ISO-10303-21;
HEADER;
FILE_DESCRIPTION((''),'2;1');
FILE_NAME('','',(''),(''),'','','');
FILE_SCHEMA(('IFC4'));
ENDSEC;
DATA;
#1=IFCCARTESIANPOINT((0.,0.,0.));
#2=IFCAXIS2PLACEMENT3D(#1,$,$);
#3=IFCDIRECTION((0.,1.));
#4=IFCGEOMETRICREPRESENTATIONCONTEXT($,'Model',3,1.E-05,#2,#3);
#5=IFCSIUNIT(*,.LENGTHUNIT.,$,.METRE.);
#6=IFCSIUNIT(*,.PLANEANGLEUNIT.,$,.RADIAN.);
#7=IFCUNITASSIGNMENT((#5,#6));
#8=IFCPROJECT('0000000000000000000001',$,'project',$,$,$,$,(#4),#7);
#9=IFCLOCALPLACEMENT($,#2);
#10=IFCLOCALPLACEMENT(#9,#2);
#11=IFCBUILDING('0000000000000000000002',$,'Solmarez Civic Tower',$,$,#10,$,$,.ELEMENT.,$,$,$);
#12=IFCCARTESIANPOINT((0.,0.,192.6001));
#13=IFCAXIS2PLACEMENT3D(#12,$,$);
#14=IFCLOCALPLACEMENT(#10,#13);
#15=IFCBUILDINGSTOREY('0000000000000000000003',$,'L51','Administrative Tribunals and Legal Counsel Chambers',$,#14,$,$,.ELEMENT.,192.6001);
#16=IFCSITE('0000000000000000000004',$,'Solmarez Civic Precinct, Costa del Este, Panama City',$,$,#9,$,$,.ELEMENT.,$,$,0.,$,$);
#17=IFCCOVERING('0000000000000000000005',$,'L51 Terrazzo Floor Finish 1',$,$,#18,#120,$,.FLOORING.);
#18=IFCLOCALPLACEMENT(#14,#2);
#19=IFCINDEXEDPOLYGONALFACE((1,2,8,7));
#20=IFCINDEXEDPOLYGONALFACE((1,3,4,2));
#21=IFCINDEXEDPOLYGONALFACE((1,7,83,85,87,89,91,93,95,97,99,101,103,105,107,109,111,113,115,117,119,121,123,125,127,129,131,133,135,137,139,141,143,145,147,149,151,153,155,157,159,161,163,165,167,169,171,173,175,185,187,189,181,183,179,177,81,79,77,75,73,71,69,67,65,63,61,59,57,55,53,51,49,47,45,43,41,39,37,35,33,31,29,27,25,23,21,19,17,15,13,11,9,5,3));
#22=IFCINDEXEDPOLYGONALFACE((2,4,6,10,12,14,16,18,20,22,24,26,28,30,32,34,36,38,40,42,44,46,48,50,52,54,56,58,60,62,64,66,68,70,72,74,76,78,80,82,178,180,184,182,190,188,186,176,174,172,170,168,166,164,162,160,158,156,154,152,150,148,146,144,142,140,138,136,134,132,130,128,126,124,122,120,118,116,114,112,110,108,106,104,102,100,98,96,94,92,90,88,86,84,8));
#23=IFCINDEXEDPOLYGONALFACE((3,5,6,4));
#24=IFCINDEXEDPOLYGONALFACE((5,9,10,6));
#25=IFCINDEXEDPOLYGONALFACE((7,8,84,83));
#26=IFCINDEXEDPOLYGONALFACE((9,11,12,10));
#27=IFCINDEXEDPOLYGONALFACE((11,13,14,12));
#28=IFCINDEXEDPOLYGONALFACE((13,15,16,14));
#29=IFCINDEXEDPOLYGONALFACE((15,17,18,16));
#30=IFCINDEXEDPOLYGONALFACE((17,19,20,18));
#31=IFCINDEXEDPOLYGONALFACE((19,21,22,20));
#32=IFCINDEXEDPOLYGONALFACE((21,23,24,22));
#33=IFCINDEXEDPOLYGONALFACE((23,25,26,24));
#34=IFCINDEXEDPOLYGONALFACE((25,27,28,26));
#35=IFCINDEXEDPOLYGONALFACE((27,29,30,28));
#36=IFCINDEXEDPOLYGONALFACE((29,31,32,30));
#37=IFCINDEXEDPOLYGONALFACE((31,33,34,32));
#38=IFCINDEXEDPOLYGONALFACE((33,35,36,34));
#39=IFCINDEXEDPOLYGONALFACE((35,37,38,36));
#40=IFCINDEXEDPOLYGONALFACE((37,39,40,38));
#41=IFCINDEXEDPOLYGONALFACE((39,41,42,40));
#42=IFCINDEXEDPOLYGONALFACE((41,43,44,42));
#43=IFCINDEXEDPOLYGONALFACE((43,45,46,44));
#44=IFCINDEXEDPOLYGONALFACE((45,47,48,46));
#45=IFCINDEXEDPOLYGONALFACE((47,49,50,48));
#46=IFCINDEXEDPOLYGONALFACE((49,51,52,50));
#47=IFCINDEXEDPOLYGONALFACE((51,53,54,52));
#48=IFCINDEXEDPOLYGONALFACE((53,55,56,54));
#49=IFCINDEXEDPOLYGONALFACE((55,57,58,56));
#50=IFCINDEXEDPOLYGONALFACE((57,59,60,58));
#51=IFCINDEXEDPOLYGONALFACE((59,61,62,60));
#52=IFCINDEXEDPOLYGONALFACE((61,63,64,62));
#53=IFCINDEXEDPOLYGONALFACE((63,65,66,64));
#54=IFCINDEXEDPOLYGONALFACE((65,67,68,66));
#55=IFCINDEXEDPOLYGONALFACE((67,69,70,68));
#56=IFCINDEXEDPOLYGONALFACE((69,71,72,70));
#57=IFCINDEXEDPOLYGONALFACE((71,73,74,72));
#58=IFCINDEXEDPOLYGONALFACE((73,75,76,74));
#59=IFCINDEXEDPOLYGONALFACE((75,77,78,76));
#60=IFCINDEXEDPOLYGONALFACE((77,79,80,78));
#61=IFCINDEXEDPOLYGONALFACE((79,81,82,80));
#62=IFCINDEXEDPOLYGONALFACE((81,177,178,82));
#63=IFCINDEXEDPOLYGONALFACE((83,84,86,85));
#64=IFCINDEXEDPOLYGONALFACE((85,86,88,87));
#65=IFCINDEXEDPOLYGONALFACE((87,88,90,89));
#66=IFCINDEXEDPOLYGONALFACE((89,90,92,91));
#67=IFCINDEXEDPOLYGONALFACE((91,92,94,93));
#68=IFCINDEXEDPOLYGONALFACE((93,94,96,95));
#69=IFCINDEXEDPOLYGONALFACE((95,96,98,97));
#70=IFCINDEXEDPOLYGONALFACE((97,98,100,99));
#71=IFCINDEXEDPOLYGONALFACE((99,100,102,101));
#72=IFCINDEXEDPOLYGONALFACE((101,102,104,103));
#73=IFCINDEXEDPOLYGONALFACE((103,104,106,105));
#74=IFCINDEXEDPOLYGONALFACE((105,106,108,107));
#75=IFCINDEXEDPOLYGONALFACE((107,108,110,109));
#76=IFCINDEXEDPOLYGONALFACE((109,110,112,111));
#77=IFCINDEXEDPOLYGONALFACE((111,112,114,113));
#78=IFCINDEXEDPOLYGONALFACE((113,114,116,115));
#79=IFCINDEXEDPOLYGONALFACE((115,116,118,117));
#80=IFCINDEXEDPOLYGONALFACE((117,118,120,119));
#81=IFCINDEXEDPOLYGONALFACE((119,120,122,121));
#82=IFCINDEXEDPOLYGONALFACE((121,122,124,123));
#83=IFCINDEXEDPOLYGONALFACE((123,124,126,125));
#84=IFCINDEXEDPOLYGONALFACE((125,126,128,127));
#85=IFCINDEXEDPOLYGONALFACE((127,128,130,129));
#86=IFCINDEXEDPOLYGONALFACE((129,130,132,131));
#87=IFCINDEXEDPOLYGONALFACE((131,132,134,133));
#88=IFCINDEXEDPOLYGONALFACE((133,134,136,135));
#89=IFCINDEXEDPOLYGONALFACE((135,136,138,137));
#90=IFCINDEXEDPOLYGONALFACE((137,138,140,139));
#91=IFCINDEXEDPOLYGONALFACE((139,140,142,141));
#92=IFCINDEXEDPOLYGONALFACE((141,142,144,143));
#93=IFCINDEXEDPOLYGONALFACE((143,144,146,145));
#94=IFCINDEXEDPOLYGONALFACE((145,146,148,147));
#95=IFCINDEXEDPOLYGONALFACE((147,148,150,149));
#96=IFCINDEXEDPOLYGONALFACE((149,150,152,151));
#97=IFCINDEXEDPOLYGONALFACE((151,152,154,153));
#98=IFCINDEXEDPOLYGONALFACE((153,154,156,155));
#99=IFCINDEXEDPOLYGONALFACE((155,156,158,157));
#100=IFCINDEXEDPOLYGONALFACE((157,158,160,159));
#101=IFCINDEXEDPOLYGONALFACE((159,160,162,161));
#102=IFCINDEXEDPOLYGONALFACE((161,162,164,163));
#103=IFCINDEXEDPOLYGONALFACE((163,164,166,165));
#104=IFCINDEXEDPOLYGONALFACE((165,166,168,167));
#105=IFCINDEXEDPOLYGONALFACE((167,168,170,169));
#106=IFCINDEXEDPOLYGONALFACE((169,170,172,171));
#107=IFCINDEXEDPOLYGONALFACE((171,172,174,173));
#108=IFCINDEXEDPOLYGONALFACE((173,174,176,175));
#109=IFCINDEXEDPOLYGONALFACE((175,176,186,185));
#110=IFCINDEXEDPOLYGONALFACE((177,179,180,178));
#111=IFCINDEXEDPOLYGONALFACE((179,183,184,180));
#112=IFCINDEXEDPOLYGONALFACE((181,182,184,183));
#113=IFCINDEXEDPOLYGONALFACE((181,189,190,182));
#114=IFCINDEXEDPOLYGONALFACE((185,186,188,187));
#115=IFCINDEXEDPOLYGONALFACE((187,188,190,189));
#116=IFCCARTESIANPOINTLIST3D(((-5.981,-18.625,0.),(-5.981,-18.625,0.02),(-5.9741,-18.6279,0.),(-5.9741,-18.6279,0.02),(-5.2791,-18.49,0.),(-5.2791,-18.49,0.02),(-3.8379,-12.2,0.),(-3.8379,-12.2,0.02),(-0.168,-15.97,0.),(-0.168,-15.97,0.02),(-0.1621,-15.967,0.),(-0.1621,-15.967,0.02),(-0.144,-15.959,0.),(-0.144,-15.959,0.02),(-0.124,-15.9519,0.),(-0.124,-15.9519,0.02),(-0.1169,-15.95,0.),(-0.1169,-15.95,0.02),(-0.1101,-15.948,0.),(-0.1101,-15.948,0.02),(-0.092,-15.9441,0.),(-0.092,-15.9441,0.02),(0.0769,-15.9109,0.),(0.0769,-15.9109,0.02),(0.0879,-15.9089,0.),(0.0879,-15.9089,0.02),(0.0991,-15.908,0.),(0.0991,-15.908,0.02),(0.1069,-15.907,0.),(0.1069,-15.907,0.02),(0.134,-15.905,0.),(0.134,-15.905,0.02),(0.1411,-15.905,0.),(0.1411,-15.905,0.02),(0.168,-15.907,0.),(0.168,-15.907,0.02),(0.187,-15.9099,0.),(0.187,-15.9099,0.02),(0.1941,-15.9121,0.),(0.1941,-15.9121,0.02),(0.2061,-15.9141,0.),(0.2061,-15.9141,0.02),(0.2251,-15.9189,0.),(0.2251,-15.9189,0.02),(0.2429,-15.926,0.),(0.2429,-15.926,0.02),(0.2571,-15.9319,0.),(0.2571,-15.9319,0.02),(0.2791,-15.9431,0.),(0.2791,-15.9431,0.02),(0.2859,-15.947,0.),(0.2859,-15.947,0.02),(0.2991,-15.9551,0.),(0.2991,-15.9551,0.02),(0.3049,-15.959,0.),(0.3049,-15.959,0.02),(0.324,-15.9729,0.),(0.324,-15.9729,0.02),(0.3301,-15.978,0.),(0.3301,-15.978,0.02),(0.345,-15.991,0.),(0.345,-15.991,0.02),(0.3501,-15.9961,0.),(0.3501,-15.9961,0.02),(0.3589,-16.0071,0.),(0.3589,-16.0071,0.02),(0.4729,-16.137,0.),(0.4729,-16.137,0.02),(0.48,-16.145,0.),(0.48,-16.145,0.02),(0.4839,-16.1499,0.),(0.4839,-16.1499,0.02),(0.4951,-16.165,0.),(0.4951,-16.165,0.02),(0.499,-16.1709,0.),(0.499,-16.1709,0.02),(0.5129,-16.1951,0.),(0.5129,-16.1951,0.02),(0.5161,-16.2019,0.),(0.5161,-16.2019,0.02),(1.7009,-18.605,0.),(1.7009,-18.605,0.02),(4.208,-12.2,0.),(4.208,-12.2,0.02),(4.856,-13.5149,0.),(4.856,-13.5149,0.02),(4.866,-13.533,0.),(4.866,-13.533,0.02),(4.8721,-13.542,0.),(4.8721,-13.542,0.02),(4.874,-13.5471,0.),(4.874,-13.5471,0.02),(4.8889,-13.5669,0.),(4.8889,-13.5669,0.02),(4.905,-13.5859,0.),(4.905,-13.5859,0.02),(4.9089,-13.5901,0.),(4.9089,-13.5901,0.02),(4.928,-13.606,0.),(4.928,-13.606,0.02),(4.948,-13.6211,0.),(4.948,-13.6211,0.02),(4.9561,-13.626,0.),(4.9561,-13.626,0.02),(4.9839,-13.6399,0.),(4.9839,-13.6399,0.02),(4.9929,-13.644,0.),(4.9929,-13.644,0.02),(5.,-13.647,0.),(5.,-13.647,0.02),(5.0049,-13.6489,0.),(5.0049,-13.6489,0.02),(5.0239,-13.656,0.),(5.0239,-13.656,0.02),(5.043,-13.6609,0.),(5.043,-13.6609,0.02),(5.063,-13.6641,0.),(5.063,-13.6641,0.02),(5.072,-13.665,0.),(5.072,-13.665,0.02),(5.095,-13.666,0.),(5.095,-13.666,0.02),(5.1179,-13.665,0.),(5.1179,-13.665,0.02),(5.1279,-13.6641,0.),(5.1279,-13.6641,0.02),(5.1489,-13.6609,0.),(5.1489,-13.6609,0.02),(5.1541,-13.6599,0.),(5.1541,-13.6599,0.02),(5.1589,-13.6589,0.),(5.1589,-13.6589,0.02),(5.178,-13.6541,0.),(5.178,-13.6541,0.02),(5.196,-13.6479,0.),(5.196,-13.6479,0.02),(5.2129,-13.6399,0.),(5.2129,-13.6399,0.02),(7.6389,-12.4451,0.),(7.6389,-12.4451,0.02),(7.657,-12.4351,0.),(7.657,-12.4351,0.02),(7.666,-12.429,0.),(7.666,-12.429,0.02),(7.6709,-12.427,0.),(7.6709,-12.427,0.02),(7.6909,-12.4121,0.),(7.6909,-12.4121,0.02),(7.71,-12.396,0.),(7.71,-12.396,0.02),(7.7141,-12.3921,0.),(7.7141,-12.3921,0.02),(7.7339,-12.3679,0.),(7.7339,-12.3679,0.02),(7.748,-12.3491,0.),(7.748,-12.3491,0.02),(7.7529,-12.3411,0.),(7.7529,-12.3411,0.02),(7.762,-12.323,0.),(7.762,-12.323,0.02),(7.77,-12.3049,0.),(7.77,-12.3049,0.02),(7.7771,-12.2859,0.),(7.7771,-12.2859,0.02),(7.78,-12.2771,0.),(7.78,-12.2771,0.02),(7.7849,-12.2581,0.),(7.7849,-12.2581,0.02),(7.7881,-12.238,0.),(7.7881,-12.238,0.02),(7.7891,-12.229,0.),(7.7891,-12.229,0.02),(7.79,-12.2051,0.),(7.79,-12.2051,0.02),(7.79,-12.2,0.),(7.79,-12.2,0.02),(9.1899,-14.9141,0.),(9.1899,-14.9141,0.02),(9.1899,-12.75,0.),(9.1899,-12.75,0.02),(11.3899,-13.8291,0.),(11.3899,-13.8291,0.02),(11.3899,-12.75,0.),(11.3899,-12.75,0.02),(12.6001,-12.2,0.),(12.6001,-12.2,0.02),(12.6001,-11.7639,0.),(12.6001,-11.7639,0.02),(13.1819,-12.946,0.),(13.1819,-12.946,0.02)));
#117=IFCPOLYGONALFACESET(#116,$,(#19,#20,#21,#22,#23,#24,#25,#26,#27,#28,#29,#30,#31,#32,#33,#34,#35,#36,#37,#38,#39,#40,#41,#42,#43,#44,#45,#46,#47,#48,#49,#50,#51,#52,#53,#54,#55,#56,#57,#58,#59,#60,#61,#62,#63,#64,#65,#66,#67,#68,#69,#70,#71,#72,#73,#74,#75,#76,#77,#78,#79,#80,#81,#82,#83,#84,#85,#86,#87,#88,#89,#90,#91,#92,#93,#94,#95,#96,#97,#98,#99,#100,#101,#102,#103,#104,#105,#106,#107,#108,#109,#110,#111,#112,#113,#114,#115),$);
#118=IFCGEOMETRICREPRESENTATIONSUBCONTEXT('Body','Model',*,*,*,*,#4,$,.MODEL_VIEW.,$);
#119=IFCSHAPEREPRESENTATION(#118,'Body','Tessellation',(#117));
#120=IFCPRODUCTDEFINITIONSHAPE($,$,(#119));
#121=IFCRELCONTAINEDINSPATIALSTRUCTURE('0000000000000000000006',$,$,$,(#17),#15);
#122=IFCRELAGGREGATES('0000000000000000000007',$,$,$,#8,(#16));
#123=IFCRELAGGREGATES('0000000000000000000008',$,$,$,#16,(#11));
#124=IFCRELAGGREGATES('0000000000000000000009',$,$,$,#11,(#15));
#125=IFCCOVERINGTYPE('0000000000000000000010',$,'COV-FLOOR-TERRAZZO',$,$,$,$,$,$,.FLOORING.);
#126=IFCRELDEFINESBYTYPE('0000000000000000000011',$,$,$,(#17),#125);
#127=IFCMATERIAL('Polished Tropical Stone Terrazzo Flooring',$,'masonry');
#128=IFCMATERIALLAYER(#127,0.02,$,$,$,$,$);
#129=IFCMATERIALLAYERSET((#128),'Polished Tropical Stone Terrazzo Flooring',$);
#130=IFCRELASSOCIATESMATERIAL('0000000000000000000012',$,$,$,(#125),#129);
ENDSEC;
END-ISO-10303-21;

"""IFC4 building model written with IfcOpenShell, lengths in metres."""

from ifc_helpers import new_model, si_unit, direction, frame, origin, place, context, subcontext, project, spatial, polyline, outline, extrude, material, layer, layer_set, type_object, element, save


model = new_model("IFC4")

# Units and contexts
model_context = context("Model", 3, precision=1e-05, world=origin(), true_north=direction((0.0, 1.0)))
body_context = subcontext(model_context, "Body", "Model", "MODEL_VIEW")
ifc_project = project(units=[si_unit("LENGTHUNIT", "METRE"), si_unit("PLANEANGLEUNIT", "RADIAN")], contexts=[model_context])

# Site, building, storey
site_placement = place(None, origin())
site = spatial("IfcSite", under=ifc_project, at=site_placement, Name="Solmarez Civic Precinct, Costa del Este, Panama City", CompositionType="ELEMENT", RefElevation=0.0)
building_placement = place(site_placement, origin())
building = spatial("IfcBuilding", under=site, at=building_placement, Name="Solmarez Civic Tower", CompositionType="ELEMENT")
storey_placement = place(building_placement, frame((0.0, 0.0, 192.6001)))
storey = spatial("IfcBuildingStorey", under=building, at=storey_placement, Name="L51", Description="Administrative Tribunals and Legal Counsel Chambers", CompositionType="ELEMENT", Elevation=192.6001)

# Covering
ifc_material_1 = material(Name="Polished Tropical Stone Terrazzo Flooring", Category="masonry")
ifc_layer_1 = layer(ifc_material_1, 0.02)
ifc_layer_set_1 = layer_set([ifc_layer_1], Name="Polished Tropical Stone Terrazzo Flooring")
covering_type_1 = type_object("IfcCoveringType", Name="COV-FLOOR-TERRAZZO", PredefinedType="FLOORING", material=ifc_layer_set_1)
covering_1_placement = place(storey_placement, origin())
element("IfcCovering", 1, at=covering_1_placement, inside=storey, type_object=covering_type_1, Name="L51 Terrazzo Floor Finish 1", PredefinedType="FLOORING", context=body_context, shape_type="SweptSolid", body=[
    extrude(outline(polyline([(0.187, -15.9099), (0.1941, -15.9121), (0.2061, -15.9141), (0.2251, -15.9189), (0.2429, -15.926), (0.2571, -15.9319), (0.2791, -15.9431), (0.2859, -15.947), (0.2991, -15.9551), (0.3049, -15.959), (0.324, -15.9729), (0.3301, -15.978), (0.345, -15.991), (0.3501, -15.9961), (0.3589, -16.0071), (0.4729, -16.137), (0.48, -16.145), (0.4839, -16.1499), (0.4951, -16.165), (0.499, -16.1709), (0.5129, -16.1951), (0.5161, -16.2019), (1.7009, -18.605), (9.1899, -14.9141), (9.1899, -12.75), (11.3899, -12.75), (11.3899, -13.8291), (13.1819, -12.946), (12.6001, -11.7639), (12.6001, -12.2), (7.79, -12.2), (7.79, -12.2051), (7.7891, -12.229), (7.7881, -12.238), (7.7849, -12.2581), (7.78, -12.2771), (7.7771, -12.2859), (7.77, -12.3049), (7.762, -12.323), (7.7529, -12.3411), (7.748, -12.3491), (7.7339, -12.3679), (7.7141, -12.3921), (7.71, -12.396), (7.6909, -12.4121), (7.6709, -12.427), (7.666, -12.429), (7.657, -12.4351), (7.6389, -12.4451), (5.2129, -13.6399), (5.196, -13.6479), (5.178, -13.6541), (5.1589, -13.6589), (5.1541, -13.6599), (5.1489, -13.6609), (5.1279, -13.6641), (5.1179, -13.665), (5.095, -13.666), (5.072, -13.665), (5.063, -13.6641), (5.043, -13.6609), (5.0239, -13.656), (5.0049, -13.6489), (5.0, -13.647), (4.9929, -13.644), (4.9839, -13.6399), (4.9561, -13.626), (4.948, -13.6211), (4.928, -13.606), (4.9089, -13.5901), (4.905, -13.5859), (4.8889, -13.5669), (4.874, -13.5471), (4.8721, -13.542), (4.866, -13.533), (4.856, -13.5149), (4.208, -12.2), (-3.8379, -12.2), (-5.981, -18.625), (-5.9741, -18.6279), (-5.2791, -18.49), (-0.168, -15.97), (-0.1621, -15.967), (-0.144, -15.959), (-0.124, -15.9519), (-0.1169, -15.95), (-0.1101, -15.948), (-0.092, -15.9441), (0.0769, -15.9109), (0.0879, -15.9089), (0.0991, -15.908), (0.1069, -15.907), (0.134, -15.905), (0.1411, -15.905), (0.168, -15.907), (0.187, -15.9099)])), origin(), (0.0, 0.0, 1.0), 0.02),
])

save(model, "model.ifc")
